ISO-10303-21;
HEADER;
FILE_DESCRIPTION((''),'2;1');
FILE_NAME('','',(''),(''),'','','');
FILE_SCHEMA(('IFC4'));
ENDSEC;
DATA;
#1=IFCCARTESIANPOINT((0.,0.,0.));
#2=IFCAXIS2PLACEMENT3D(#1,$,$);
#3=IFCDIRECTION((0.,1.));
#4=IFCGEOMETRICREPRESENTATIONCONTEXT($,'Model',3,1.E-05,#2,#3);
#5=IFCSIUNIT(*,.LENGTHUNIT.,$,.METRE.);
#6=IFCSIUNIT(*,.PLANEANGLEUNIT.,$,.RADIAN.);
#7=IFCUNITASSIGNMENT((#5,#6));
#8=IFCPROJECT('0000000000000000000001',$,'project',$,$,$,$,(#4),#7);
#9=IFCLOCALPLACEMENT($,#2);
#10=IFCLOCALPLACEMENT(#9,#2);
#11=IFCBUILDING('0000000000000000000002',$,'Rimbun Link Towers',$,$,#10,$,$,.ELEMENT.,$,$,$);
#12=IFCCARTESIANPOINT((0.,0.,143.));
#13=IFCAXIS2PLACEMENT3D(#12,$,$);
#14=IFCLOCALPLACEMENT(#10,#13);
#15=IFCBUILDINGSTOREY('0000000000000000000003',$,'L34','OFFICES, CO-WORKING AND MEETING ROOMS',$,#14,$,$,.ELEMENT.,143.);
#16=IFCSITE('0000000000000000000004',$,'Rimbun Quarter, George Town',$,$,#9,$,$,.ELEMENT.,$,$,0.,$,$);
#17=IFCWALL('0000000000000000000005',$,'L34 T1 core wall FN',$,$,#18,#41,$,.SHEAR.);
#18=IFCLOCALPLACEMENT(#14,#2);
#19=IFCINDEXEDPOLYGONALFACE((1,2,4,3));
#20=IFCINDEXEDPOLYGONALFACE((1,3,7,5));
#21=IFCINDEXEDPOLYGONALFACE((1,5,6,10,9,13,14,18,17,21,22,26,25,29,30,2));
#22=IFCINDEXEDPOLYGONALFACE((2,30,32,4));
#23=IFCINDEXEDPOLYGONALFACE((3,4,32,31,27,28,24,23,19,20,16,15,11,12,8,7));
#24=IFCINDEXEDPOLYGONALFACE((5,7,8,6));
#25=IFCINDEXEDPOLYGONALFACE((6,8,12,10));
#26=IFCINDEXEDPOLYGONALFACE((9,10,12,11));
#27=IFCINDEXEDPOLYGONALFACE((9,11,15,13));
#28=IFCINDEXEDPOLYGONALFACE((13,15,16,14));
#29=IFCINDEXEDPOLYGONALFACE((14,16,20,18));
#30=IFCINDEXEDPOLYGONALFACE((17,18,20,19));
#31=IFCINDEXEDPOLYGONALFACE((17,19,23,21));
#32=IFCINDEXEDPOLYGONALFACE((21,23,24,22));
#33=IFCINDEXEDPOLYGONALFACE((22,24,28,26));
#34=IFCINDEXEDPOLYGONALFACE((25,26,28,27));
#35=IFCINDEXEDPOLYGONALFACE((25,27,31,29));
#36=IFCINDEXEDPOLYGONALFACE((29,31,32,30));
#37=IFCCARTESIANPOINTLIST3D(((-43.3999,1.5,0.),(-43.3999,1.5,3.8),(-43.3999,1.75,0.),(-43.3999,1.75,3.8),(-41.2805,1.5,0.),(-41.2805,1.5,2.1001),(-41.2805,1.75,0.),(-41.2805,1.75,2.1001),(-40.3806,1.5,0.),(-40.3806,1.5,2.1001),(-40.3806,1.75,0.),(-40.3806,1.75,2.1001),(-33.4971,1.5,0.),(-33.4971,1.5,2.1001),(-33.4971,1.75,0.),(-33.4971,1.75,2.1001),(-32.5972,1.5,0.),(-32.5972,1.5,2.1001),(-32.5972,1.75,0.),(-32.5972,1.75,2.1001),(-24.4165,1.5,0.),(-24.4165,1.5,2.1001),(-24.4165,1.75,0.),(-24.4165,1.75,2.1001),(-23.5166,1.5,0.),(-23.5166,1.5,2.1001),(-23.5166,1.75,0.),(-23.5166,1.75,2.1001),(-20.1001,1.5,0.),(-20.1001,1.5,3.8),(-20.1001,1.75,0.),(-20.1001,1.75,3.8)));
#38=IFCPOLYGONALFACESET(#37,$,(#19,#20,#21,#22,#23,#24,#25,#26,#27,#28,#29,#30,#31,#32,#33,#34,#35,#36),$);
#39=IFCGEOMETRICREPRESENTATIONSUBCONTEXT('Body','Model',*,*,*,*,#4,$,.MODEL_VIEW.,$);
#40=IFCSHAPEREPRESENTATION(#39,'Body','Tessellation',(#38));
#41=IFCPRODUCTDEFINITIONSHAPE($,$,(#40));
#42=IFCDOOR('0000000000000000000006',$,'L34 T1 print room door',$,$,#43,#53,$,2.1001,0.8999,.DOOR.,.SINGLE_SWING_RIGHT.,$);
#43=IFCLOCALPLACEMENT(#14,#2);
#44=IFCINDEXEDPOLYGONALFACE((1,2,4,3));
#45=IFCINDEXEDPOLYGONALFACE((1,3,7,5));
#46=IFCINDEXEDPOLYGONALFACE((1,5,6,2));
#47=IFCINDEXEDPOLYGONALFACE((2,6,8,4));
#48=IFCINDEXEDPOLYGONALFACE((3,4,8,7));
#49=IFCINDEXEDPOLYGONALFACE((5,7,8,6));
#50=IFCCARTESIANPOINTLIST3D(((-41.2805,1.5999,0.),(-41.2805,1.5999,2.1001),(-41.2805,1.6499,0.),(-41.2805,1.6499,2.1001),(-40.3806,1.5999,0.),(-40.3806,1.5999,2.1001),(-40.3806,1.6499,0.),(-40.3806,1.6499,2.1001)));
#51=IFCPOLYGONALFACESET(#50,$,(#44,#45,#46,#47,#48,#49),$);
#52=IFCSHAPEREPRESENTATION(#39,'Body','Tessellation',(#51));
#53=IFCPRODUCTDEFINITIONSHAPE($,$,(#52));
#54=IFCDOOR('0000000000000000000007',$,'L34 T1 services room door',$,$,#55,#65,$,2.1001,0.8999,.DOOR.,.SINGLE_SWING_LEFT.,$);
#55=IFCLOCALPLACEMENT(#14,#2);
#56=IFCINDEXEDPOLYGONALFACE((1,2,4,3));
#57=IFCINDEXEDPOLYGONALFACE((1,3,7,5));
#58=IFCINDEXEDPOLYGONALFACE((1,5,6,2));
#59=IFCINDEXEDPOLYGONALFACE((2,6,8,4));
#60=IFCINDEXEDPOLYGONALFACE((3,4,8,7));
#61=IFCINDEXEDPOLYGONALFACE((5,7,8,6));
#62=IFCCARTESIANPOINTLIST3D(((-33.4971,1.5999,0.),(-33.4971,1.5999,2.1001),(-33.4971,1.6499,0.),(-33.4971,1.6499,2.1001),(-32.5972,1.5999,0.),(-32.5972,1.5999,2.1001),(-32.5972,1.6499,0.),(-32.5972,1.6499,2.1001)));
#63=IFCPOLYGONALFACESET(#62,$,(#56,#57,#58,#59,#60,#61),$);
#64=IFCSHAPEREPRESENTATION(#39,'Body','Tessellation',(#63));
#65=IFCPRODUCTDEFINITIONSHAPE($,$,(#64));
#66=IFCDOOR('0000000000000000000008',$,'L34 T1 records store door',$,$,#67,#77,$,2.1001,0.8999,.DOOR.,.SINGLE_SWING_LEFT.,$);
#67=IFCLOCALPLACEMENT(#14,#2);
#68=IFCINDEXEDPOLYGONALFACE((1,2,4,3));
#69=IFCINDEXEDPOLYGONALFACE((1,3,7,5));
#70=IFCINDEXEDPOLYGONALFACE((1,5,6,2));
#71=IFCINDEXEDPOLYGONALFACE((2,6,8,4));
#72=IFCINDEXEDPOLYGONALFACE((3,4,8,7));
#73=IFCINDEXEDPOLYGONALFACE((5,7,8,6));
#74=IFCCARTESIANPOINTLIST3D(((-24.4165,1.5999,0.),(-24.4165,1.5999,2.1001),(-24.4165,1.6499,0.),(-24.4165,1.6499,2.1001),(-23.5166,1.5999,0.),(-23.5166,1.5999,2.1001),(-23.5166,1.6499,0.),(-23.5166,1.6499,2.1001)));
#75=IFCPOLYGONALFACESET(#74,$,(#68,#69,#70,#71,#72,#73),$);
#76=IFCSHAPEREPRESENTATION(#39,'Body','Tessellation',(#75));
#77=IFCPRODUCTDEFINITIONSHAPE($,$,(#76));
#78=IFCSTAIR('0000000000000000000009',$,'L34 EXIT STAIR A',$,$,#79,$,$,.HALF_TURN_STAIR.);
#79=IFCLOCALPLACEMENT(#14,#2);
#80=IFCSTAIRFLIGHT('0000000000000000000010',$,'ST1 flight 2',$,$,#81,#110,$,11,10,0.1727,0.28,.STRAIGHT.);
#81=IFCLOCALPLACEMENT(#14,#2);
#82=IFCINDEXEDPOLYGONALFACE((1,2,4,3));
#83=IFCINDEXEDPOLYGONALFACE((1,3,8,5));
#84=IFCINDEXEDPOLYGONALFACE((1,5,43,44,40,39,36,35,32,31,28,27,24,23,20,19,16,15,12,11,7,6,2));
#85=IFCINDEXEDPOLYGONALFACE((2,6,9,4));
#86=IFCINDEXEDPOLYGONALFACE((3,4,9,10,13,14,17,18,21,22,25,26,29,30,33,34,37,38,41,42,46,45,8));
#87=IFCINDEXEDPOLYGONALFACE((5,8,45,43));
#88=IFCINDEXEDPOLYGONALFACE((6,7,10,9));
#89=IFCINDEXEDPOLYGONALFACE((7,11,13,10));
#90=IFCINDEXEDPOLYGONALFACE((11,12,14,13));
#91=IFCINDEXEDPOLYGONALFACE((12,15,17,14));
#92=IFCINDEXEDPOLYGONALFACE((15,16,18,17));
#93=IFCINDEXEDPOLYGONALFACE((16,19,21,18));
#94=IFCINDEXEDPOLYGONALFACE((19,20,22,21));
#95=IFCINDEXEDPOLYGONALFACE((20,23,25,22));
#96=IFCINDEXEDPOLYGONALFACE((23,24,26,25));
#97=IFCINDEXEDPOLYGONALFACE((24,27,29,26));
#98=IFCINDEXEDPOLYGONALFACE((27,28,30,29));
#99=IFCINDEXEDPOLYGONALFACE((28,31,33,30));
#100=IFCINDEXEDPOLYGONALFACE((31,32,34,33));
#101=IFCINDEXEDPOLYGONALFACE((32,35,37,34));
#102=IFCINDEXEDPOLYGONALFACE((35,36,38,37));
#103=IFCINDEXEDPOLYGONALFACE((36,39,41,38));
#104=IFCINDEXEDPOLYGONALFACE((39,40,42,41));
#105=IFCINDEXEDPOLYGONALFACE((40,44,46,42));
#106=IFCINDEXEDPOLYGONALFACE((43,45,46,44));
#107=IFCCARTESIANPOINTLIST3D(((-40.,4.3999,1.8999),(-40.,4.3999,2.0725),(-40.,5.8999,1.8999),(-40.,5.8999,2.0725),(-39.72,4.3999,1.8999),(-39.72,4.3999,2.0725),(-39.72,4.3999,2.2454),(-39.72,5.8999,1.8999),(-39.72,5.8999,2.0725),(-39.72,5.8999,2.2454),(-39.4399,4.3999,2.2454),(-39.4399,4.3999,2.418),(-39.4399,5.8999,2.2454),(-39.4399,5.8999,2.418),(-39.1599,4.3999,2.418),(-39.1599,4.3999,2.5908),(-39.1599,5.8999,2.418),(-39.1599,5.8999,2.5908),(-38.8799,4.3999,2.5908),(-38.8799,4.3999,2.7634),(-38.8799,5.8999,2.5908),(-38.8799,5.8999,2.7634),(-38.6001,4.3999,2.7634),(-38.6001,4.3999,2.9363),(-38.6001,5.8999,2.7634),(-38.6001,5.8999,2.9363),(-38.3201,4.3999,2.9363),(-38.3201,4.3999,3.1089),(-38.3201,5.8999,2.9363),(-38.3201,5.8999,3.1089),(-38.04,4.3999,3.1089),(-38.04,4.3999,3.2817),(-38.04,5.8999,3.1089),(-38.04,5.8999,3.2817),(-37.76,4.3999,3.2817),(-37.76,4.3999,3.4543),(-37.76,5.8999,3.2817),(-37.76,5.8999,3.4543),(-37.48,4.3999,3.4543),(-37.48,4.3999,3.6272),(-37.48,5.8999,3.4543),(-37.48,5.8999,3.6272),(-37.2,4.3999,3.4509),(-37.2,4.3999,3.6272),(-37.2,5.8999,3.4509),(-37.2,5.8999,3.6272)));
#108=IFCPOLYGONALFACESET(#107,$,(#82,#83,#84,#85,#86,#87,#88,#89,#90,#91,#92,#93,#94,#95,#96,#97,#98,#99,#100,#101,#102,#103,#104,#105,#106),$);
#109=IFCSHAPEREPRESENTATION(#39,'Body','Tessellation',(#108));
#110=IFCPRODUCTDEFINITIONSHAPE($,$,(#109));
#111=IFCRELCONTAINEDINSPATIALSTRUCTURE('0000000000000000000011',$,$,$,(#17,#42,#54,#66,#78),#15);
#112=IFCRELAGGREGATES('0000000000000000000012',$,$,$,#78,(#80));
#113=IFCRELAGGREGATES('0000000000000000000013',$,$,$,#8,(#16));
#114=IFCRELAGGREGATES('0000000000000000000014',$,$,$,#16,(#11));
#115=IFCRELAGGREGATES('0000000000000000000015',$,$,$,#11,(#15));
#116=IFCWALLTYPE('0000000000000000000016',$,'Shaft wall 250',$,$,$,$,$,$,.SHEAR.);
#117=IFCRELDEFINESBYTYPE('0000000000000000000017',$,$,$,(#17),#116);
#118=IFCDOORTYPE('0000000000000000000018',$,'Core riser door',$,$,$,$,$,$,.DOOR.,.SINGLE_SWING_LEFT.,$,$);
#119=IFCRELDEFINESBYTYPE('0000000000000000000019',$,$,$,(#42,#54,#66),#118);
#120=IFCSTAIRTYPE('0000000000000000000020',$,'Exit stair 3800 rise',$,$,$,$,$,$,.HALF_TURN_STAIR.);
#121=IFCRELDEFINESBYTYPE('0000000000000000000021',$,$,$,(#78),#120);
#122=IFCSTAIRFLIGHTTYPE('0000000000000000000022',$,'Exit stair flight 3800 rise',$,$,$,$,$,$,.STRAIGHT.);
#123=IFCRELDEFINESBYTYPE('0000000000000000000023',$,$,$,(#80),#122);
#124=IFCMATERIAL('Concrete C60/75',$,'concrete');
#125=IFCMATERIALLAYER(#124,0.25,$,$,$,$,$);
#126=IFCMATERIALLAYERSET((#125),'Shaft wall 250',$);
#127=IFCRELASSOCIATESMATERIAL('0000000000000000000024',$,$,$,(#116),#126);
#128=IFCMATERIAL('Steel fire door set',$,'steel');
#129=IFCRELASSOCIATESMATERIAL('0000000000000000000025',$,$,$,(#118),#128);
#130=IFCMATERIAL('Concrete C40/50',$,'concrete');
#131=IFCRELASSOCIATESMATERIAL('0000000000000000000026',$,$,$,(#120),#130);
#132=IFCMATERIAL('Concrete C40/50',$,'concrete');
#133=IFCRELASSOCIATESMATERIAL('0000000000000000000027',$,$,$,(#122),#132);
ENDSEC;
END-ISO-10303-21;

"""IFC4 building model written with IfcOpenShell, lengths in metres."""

from ifc_helpers import new_model, si_unit, direction, frame, frame_2d, origin, place, context, subcontext, project, spatial, polyline, rectangle, outline, extrude, material, layer, layer_set, type_object, element, fill, aggregate, save


model = new_model("IFC4")

# Units and contexts
model_context = context("Model", 3, precision=1e-05, world=origin(), true_north=direction((0.0, 1.0)))
body_context = subcontext(model_context, "Body", "Model", "MODEL_VIEW")
ifc_project = project(units=[si_unit("LENGTHUNIT", "METRE"), si_unit("PLANEANGLEUNIT", "RADIAN")], contexts=[model_context])

# Site, building, storey
site_placement = place(None, origin())
site = spatial("IfcSite", under=ifc_project, at=site_placement, Name="Rimbun Quarter, George Town", CompositionType="ELEMENT", RefElevation=0.0)
building_placement = place(site_placement, origin())
building = spatial("IfcBuilding", under=site, at=building_placement, Name="Rimbun Link Towers", CompositionType="ELEMENT")
storey_placement = place(building_placement, frame((0.0, 0.0, 143.0)))
storey = spatial("IfcBuildingStorey", under=building, at=storey_placement, Name="L34", Description="OFFICES, CO-WORKING AND MEETING ROOMS", CompositionType="ELEMENT", Elevation=143.0)

# Shared definitions
ifc_material_1 = material(Name="Concrete C60/75", Category="concrete")
ifc_layer_1 = layer(ifc_material_1, 0.25)
ifc_layer_set_1 = layer_set([ifc_layer_1], Name="Shaft wall 250")
wall_type_1 = type_object("IfcWallType", Name="Shaft wall 250", PredefinedType="SHEAR", material=ifc_layer_set_1)

# Wall, openings, doors
wall_1_placement = place(storey_placement, frame((-43.3999, 1.625, 0.0), z_axis=(0.0, 0.0, 1.0), x_axis=(1.0, 0.0, 0.0)))
wall_1 = element("IfcWall", 1, at=wall_1_placement, inside=storey, type_object=wall_type_1, Name="L34 T1 core wall FN", PredefinedType="SHEAR", context=body_context, shape_type="SweptSolid", body=[
    extrude(rectangle(XDim=23.2998, YDim=0.25, at=frame_2d((11.6499, 0.0))), origin(), (0.0, 0.0, 1.0), 3.8),
])
opening_1_placement = place(wall_1_placement, frame((2.1194, 0.0, 0.0)))
opening_1 = element("IfcOpeningElement", 2, at=opening_1_placement, cuts=wall_1, PredefinedType="OPENING", context=body_context, shape_type="SweptSolid", body=[
    extrude(rectangle(XDim=0.8999, YDim=2.1001, at=frame_2d((0.45, 1.05))), frame((0.0, 0.135, 0.0), z_axis=(0.0, -1.0, 0.0), x_axis=(1.0, 0.0, 0.0)), (0.0, 0.0, 1.0), 0.27),
])
opening_2_placement = place(wall_1_placement, frame((9.9028, 0.0, 0.0)))
opening_2 = element("IfcOpeningElement", 3, at=opening_2_placement, cuts=wall_1, PredefinedType="OPENING", context=body_context, shape_type="SweptSolid", body=[
    extrude(rectangle(XDim=0.8999, YDim=2.1001, at=frame_2d((0.45, 1.05))), frame((0.0, 0.135, 0.0), z_axis=(0.0, -1.0, 0.0), x_axis=(1.0, 0.0, 0.0)), (0.0, 0.0, 1.0), 0.27),
])
opening_3_placement = place(wall_1_placement, frame((18.9834, 0.0, 0.0)))
opening_3 = element("IfcOpeningElement", 4, at=opening_3_placement, cuts=wall_1, PredefinedType="OPENING", context=body_context, shape_type="SweptSolid", body=[
    extrude(rectangle(XDim=0.8999, YDim=2.1001, at=frame_2d((0.45, 1.05))), frame((0.0, 0.135, 0.0), z_axis=(0.0, -1.0, 0.0), x_axis=(1.0, 0.0, 0.0)), (0.0, 0.0, 1.0), 0.27),
])
ifc_material_2 = material(Name="Steel fire door set", Category="steel")
door_type_1 = type_object("IfcDoorType", Name="Core riser door", OperationType="SINGLE_SWING_LEFT", PredefinedType="DOOR", material=ifc_material_2)
door_1_placement = place(opening_1_placement, origin())
door_1 = element("IfcDoor", 5, at=door_1_placement, inside=storey, type_object=door_type_1, Name="L34 T1 print room door", OperationType="SINGLE_SWING_RIGHT", OverallHeight=2.1001, OverallWidth=0.8999, PredefinedType="DOOR", context=body_context, shape_type="SweptSolid", body=[
    extrude(rectangle(XDim=0.8999, YDim=2.1001, at=frame_2d((0.45, 1.05))), frame((0.0, 0.0249, 0.0), z_axis=(0.0, -1.0, 0.0), x_axis=(1.0, 0.0, 0.0)), (0.0, 0.0, 1.0), 0.05),
])
fill(opening_1, door_1)
door_2_placement = place(opening_2_placement, origin())
door_2 = element("IfcDoor", 6, at=door_2_placement, inside=storey, type_object=door_type_1, Name="L34 T1 services room door", OperationType="SINGLE_SWING_LEFT", OverallHeight=2.1001, OverallWidth=0.8999, PredefinedType="DOOR", context=body_context, shape_type="SweptSolid", body=[
    extrude(rectangle(XDim=0.8999, YDim=2.1001, at=frame_2d((0.45, 1.05))), frame((0.0, 0.0249, 0.0), z_axis=(0.0, -1.0, 0.0), x_axis=(1.0, 0.0, 0.0)), (0.0, 0.0, 1.0), 0.05),
])
fill(opening_2, door_2)
door_3_placement = place(opening_3_placement, origin())
door_3 = element("IfcDoor", 7, at=door_3_placement, inside=storey, type_object=door_type_1, Name="L34 T1 records store door", OperationType="SINGLE_SWING_LEFT", OverallHeight=2.1001, OverallWidth=0.8999, PredefinedType="DOOR", context=body_context, shape_type="SweptSolid", body=[
    extrude(rectangle(XDim=0.8999, YDim=2.1001, at=frame_2d((0.45, 1.05))), frame((0.0, 0.0249, 0.0), z_axis=(0.0, -1.0, 0.0), x_axis=(1.0, 0.0, 0.0)), (0.0, 0.0, 1.0), 0.05),
])
fill(opening_3, door_3)

# Stair, stair flight
ifc_material_3 = material(Name="Concrete C40/50", Category="concrete")
stair_type = type_object("IfcStairType", Name="Exit stair 3800 rise", PredefinedType="HALF_TURN_STAIR", material=ifc_material_3)
stair_placement = place(storey_placement, origin())
stair = element("IfcStair", 8, at=stair_placement, inside=storey, type_object=stair_type, Name="L34 EXIT STAIR A", PredefinedType="HALF_TURN_STAIR")
ifc_material_4 = material(Name="Concrete C40/50", Category="concrete")
stair_flight_type = type_object("IfcStairFlightType", Name="Exit stair flight 3800 rise", PredefinedType="STRAIGHT", material=ifc_material_4)
stair_flight_placement = place(storey_placement, frame((-40.0, 5.1499, 1.8999), z_axis=(0.0, 0.0, 1.0), x_axis=(1.0, 0.0, 0.0)))
stair_flight = element("IfcStairFlight", 9, at=stair_flight_placement, type_object=stair_flight_type, Name="ST1 flight 2", NumberOfRisers=11, NumberOfTreads=10, PredefinedType="STRAIGHT", RiserHeight=0.1727, TreadLength=0.28, context=body_context, shape_type="SweptSolid", body=[
    extrude(outline(polyline([(0.0, 0.0), (0.0, 0.1726), (0.28, 0.1726), (0.28, 0.3455), (0.5601, 0.3455), (0.5601, 0.5181), (0.8401, 0.5181), (0.8401, 0.6909), (1.1201, 0.6909), (1.1201, 0.8635), (1.3999, 0.8635), (1.3999, 1.0364), (1.6799, 1.0364), (1.6799, 1.209), (1.96, 1.209), (1.96, 1.3818), (2.24, 1.3818), (2.24, 1.5544), (2.52, 1.5544), (2.52, 1.7273), (2.8, 1.7273), (2.8, 1.8999), (2.8, 1.551), (0.28, 0.0), (0.0, 0.0)])), frame((0.0, 0.75, 0.0), z_axis=(0.0, -1.0, 0.0), x_axis=(1.0, 0.0, 0.0)), (0.0, 0.0, 1.0), 1.5),
])
aggregate(stair, [stair_flight])

save(model, "model.ifc")
